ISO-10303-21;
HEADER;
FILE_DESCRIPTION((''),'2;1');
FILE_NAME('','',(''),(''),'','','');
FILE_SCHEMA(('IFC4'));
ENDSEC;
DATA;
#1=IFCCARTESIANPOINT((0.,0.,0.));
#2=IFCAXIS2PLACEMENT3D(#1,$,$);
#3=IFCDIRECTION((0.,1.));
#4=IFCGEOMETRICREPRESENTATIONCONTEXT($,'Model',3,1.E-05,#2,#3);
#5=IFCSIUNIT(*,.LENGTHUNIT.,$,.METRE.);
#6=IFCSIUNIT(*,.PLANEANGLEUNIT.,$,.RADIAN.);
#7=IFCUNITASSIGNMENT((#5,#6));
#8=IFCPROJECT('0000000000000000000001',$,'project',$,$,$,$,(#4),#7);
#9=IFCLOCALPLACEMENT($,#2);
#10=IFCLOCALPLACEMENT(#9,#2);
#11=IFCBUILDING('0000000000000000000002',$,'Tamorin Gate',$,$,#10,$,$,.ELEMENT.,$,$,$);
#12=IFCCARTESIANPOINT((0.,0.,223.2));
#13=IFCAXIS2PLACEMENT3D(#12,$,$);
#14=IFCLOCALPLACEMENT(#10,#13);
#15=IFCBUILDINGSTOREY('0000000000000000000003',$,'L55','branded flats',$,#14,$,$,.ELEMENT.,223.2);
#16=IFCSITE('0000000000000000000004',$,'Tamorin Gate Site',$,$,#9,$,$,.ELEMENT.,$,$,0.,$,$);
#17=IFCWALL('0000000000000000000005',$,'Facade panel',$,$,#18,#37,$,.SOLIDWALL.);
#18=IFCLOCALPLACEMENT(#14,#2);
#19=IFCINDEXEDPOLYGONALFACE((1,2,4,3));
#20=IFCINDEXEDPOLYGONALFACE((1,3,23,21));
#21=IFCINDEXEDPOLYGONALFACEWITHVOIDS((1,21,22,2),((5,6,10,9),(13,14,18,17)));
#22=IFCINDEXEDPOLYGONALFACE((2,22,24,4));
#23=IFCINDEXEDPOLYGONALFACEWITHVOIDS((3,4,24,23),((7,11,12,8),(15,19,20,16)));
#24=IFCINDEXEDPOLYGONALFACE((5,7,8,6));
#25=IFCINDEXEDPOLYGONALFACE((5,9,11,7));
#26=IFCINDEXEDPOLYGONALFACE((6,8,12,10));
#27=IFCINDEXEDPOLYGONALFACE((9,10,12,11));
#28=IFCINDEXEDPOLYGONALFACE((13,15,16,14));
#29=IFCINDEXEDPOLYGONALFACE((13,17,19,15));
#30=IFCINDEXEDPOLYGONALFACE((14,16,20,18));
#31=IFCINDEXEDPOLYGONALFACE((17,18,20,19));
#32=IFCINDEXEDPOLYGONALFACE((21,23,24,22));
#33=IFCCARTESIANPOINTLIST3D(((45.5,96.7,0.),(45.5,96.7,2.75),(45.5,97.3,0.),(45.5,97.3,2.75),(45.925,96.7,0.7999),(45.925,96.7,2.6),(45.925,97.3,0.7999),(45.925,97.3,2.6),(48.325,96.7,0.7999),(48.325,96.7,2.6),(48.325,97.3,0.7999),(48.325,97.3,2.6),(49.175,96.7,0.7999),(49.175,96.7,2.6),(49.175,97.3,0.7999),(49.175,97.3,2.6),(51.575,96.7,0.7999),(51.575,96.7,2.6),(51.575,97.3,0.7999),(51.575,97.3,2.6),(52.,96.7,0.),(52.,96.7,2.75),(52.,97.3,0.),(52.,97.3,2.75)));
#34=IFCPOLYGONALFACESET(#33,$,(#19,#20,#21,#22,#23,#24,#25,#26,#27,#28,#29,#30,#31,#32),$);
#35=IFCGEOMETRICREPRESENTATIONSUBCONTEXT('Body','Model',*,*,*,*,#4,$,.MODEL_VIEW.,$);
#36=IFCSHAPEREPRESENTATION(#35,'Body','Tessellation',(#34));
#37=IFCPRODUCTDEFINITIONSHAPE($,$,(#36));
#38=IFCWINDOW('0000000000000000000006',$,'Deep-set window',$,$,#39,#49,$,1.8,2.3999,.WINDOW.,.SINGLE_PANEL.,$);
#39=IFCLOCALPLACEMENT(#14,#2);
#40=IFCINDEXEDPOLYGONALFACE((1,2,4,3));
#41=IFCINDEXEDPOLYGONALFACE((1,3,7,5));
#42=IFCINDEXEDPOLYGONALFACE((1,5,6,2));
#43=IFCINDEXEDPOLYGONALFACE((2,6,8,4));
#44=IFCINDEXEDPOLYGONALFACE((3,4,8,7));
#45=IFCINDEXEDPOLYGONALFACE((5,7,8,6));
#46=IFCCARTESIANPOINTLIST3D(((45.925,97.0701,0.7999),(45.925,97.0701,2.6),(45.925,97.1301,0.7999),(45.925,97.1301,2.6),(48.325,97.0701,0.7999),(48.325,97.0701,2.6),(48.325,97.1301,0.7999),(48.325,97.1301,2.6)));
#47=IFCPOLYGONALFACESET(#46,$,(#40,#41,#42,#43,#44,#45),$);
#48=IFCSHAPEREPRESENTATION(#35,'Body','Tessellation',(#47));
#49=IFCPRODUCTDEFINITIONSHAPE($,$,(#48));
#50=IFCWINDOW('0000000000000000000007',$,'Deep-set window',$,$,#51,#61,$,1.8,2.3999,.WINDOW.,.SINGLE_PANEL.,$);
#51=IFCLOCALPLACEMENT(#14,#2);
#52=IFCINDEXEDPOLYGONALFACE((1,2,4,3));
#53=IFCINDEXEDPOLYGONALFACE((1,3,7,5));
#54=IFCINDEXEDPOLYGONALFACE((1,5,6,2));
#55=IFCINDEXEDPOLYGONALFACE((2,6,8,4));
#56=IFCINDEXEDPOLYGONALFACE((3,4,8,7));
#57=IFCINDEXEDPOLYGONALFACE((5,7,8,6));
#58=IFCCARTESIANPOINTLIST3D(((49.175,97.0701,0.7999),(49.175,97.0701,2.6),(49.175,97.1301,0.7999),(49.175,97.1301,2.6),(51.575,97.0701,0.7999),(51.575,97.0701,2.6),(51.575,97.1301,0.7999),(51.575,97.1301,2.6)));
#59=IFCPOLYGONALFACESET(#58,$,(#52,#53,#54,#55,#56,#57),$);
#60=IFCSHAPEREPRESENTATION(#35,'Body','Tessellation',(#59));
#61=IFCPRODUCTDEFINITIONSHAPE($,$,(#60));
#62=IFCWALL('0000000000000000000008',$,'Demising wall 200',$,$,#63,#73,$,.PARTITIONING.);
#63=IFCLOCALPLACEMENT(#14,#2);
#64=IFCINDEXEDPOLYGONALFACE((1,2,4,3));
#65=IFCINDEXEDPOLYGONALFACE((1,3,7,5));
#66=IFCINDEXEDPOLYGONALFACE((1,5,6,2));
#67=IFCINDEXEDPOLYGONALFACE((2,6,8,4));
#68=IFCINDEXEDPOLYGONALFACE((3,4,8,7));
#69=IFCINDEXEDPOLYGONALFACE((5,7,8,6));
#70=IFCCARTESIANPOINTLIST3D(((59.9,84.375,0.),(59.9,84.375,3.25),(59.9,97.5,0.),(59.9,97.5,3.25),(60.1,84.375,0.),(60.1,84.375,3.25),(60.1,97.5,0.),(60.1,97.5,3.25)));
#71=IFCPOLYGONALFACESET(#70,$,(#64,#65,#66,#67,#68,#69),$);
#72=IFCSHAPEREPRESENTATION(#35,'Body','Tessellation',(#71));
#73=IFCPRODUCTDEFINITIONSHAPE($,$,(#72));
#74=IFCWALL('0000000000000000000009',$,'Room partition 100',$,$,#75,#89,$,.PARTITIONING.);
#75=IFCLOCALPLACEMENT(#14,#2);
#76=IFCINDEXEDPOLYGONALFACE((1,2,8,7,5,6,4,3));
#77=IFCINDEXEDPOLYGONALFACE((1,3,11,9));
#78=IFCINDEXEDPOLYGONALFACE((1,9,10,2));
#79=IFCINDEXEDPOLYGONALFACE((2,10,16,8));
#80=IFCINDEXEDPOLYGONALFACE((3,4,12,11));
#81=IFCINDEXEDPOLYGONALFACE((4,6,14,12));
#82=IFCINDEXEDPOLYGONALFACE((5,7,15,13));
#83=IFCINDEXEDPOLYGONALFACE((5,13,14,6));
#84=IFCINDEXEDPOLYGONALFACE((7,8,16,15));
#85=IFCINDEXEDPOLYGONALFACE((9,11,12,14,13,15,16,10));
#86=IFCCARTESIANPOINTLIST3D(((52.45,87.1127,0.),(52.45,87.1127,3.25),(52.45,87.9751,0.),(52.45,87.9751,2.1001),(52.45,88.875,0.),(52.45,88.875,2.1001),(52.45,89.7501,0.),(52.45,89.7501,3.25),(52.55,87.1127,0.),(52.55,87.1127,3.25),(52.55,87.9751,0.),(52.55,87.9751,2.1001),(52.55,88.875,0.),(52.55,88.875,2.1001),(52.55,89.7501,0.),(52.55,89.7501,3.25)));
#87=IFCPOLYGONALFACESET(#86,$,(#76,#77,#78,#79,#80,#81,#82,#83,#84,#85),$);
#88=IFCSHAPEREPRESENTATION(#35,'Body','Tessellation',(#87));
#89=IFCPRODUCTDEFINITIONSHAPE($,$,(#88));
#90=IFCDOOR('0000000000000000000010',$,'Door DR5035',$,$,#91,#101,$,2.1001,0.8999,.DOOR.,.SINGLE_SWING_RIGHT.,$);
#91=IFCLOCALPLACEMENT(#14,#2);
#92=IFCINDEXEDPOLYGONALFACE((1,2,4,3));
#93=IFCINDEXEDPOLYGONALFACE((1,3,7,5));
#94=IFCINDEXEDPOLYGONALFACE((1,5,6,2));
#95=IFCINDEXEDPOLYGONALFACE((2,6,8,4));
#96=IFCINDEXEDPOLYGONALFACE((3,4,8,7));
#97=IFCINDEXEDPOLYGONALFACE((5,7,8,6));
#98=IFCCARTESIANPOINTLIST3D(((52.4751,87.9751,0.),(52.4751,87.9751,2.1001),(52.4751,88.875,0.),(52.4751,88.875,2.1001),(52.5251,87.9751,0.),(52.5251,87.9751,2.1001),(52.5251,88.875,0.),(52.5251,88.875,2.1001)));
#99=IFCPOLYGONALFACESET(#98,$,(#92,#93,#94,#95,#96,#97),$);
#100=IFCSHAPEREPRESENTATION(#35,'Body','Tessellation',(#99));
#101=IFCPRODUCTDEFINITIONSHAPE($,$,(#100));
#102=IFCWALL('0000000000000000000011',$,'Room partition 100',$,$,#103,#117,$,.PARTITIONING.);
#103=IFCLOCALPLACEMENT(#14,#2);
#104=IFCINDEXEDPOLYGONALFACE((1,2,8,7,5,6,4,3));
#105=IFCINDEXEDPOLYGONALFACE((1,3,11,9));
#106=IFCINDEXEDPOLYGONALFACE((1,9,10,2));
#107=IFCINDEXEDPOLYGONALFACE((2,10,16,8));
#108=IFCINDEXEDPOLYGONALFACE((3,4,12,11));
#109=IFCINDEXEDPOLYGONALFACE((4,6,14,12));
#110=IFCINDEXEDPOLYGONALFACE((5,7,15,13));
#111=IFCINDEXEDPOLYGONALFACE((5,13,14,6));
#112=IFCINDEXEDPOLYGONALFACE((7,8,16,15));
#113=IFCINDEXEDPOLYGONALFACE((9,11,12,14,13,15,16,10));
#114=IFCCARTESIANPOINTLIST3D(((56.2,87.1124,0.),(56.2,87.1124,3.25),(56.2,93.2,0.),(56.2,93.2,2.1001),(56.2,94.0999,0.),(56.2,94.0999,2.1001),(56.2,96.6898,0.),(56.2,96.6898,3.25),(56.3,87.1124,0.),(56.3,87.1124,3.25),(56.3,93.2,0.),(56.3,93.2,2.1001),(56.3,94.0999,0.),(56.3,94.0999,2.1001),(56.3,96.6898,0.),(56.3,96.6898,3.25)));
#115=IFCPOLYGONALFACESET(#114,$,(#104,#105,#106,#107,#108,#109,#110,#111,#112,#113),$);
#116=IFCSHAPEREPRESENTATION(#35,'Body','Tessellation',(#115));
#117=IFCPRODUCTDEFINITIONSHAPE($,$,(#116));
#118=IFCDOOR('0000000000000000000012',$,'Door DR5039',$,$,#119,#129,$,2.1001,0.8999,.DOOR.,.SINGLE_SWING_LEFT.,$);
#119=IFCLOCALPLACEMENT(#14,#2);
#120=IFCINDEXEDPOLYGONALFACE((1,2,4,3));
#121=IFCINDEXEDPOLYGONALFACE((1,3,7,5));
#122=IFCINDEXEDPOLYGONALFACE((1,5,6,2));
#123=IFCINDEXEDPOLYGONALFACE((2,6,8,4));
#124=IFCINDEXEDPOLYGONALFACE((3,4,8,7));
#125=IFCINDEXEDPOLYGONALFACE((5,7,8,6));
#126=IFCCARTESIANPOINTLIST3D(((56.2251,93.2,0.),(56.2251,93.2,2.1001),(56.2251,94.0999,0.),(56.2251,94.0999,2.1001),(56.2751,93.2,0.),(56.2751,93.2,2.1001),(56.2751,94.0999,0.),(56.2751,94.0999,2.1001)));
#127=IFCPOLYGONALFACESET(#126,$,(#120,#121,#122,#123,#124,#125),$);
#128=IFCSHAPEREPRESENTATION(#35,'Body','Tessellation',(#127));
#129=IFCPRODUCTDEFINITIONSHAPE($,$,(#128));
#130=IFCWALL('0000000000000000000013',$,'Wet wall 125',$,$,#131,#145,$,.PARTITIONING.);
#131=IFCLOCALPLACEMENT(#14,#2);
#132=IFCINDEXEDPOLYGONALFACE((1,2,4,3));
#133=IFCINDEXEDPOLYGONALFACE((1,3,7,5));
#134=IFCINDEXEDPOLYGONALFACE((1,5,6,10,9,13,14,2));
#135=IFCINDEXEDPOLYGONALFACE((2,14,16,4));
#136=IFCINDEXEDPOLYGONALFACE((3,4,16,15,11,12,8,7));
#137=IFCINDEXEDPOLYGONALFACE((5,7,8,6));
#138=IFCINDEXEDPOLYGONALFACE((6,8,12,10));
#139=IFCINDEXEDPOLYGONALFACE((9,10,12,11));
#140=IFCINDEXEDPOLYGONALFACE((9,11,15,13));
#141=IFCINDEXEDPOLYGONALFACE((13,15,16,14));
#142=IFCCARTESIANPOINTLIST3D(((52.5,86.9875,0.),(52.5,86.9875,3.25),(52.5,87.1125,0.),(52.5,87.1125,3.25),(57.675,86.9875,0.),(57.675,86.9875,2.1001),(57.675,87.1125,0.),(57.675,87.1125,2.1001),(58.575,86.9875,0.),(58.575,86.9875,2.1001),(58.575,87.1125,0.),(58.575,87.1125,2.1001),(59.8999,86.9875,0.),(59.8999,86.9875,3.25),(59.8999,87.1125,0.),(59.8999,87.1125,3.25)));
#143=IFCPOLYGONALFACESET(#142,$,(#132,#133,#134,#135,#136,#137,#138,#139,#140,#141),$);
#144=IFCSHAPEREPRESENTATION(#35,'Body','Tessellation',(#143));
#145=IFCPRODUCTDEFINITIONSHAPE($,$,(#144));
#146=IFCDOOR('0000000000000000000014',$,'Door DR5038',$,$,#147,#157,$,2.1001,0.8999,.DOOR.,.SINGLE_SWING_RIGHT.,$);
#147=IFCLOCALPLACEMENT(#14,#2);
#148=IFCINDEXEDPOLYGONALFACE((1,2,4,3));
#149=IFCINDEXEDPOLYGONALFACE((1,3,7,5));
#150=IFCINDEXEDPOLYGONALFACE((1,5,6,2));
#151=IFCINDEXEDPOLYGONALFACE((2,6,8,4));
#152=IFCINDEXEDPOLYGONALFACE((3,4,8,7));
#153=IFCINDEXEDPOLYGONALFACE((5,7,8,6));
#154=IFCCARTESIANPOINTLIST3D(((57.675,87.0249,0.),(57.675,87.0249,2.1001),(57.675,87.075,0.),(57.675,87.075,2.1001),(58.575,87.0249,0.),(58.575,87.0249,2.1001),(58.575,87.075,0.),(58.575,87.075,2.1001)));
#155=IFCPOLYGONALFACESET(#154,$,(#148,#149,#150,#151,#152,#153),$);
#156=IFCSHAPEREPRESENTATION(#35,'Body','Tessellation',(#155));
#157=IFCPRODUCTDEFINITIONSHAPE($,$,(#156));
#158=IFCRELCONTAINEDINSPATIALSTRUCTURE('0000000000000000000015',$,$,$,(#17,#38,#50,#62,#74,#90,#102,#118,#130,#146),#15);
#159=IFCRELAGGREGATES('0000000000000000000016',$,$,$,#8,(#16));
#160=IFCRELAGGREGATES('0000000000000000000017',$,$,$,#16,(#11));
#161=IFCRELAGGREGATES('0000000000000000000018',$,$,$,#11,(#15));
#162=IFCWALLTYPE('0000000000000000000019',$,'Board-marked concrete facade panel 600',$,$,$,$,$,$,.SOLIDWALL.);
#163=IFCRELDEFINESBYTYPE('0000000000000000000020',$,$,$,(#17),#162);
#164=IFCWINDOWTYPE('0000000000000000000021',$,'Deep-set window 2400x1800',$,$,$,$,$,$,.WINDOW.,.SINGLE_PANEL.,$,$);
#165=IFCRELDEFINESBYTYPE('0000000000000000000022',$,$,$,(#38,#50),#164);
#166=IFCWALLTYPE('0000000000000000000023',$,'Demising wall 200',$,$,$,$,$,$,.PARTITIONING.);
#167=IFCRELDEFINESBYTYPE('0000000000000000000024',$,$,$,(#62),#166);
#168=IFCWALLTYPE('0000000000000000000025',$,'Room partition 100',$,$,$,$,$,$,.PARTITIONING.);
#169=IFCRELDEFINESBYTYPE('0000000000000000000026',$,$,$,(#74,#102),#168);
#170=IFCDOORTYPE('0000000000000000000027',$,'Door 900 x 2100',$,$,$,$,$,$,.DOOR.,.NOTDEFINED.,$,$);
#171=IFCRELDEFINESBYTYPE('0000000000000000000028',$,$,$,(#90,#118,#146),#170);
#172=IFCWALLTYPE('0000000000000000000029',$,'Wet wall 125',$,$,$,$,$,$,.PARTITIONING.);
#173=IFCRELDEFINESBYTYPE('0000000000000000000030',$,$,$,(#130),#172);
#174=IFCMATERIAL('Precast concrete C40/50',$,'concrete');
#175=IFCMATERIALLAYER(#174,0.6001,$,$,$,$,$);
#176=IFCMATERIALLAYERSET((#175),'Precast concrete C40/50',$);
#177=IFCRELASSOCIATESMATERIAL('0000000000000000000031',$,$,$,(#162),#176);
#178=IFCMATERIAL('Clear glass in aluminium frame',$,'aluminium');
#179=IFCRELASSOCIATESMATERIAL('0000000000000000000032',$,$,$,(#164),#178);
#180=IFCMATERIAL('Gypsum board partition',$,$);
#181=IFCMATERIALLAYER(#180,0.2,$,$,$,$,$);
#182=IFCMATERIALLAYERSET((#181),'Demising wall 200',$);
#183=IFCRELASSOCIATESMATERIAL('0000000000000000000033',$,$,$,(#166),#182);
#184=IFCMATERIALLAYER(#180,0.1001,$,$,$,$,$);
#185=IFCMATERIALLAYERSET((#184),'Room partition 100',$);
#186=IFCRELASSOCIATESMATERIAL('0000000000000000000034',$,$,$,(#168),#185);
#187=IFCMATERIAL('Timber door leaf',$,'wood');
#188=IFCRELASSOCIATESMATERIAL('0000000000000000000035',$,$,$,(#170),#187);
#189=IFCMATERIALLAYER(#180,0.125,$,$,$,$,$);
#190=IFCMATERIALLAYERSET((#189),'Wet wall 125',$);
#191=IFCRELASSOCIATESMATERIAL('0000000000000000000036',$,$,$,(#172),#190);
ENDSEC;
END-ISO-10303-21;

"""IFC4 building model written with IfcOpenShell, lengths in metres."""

from ifc_helpers import new_model, si_unit, direction, frame, frame_2d, origin, place, context, subcontext, project, spatial, rectangle, extrude, material, layer, layer_set, type_object, element, fill, save


model = new_model("IFC4")

# Units and contexts
model_context = context("Model", 3, precision=1e-05, world=origin(), true_north=direction((0.0, 1.0)))
body_context = subcontext(model_context, "Body", "Model", "MODEL_VIEW")
ifc_project = project(units=[si_unit("LENGTHUNIT", "METRE"), si_unit("PLANEANGLEUNIT", "RADIAN")], contexts=[model_context])

# Site, building, storey
site_placement = place(None, origin())
site = spatial("IfcSite", under=ifc_project, at=site_placement, Name="Tamorin Gate Site", CompositionType="ELEMENT", RefElevation=0.0)
building_placement = place(site_placement, origin())
building = spatial("IfcBuilding", under=site, at=building_placement, Name="Tamorin Gate", CompositionType="ELEMENT")
storey_placement = place(building_placement, frame((0.0, 0.0, 223.2)))
storey = spatial("IfcBuildingStorey", under=building, at=storey_placement, Name="L55", Description="branded flats", CompositionType="ELEMENT", Elevation=223.2)

# Wall, openings, windows
ifc_material_1 = material(Name="Precast concrete C40/50", Category="concrete")
ifc_layer_1 = layer(ifc_material_1, 0.6001)
ifc_layer_set_1 = layer_set([ifc_layer_1], Name="Precast concrete C40/50")
wall_type_1 = type_object("IfcWallType", Name="Board-marked concrete facade panel 600", PredefinedType="SOLIDWALL", material=ifc_layer_set_1)
ifc_material_2 = material(Name="Clear glass in aluminium frame", Category="aluminium")
window_type = type_object("IfcWindowType", Name="Deep-set window 2400x1800", PartitioningType="SINGLE_PANEL", PredefinedType="WINDOW", material=ifc_material_2)
wall_1_placement = place(storey_placement, frame((52.0, 97.0, 0.0), z_axis=(0.0, 0.0, 1.0), x_axis=(-1.0, 0.0, 0.0)))
wall_1 = element("IfcWall", 1, at=wall_1_placement, inside=storey, type_object=wall_type_1, Name="Facade panel", PredefinedType="SOLIDWALL", context=body_context, shape_type="SweptSolid", body=[
    extrude(rectangle(XDim=6.5, YDim=0.6001, at=frame_2d((3.25, 0.0))), origin(), (0.0, 0.0, 1.0), 2.75),
])
opening_1_placement = place(wall_1_placement, frame((3.675, 0.0, 0.8)))
opening_1 = element("IfcOpeningElement", 2, at=opening_1_placement, cuts=wall_1, PredefinedType="OPENING", context=body_context, shape_type="SweptSolid", body=[
    extrude(rectangle(XDim=2.3999, YDim=1.8, at=frame_2d((1.2, 0.8999))), frame((0.0, 0.3101, 0.0), z_axis=(0.0, -1.0, 0.0), x_axis=(1.0, 0.0, 0.0)), (0.0, 0.0, 1.0), 0.6201),
])
opening_2_placement = place(wall_1_placement, frame((0.425, 0.0, 0.8)))
opening_2 = element("IfcOpeningElement", 3, at=opening_2_placement, cuts=wall_1, PredefinedType="OPENING", context=body_context, shape_type="SweptSolid", body=[
    extrude(rectangle(XDim=2.3999, YDim=1.8, at=frame_2d((1.2, 0.8999))), frame((0.0, 0.3101, 0.0), z_axis=(0.0, -1.0, 0.0), x_axis=(1.0, 0.0, 0.0)), (0.0, 0.0, 1.0), 0.6201),
])
window_1_placement = place(opening_1_placement, origin())
window_1 = element("IfcWindow", 4, at=window_1_placement, inside=storey, type_object=window_type, Name="Deep-set window", OverallHeight=1.8, OverallWidth=2.3999, PartitioningType="SINGLE_PANEL", PredefinedType="WINDOW", context=body_context, shape_type="SweptSolid", body=[
    extrude(rectangle(XDim=2.3999, YDim=1.8, at=frame_2d((1.2, 0.8999))), frame((0.0, -0.0701, 0.0), z_axis=(0.0, -1.0, 0.0), x_axis=(1.0, 0.0, 0.0)), (0.0, 0.0, 1.0), 0.0601),
])
fill(opening_1, window_1)
window_2_placement = place(opening_2_placement, origin())
window_2 = element("IfcWindow", 5, at=window_2_placement, inside=storey, type_object=window_type, Name="Deep-set window", OverallHeight=1.8, OverallWidth=2.3999, PartitioningType="SINGLE_PANEL", PredefinedType="WINDOW", context=body_context, shape_type="SweptSolid", body=[
    extrude(rectangle(XDim=2.3999, YDim=1.8, at=frame_2d((1.2, 0.8999))), frame((0.0, -0.0701, 0.0), z_axis=(0.0, -1.0, 0.0), x_axis=(1.0, 0.0, 0.0)), (0.0, 0.0, 1.0), 0.0601),
])
fill(opening_2, window_2)

# Wall
ifc_material_3 = material(Name="Gypsum board partition")
ifc_layer_2 = layer(ifc_material_3, 0.2)
ifc_layer_set_2 = layer_set([ifc_layer_2], Name="Demising wall 200")
wall_type_2 = type_object("IfcWallType", Name="Demising wall 200", PredefinedType="PARTITIONING", material=ifc_layer_set_2)
wall_2_placement = place(storey_placement, frame((60.0, 84.375, 0.0), z_axis=(0.0, 0.0, 1.0), x_axis=(0.0, 1.0, 0.0)))
element("IfcWall", 6, at=wall_2_placement, inside=storey, type_object=wall_type_2, Name="Demising wall 200", PredefinedType="PARTITIONING", context=body_context, shape_type="SweptSolid", body=[
    extrude(rectangle(XDim=13.125, YDim=0.2, at=frame_2d((6.5625, 0.0))), origin(), (0.0, 0.0, 1.0), 3.25),
])

# Walls, openings, doors
ifc_layer_3 = layer(ifc_material_3, 0.1001)
ifc_layer_set_3 = layer_set([ifc_layer_3], Name="Room partition 100")
wall_type_3 = type_object("IfcWallType", Name="Room partition 100", PredefinedType="PARTITIONING", material=ifc_layer_set_3)
wall_3_placement = place(storey_placement, frame((52.5, 87.1125, 0.0), z_axis=(0.0, 0.0, 1.0), x_axis=(0.0, 1.0, 0.0)))
wall_3 = element("IfcWall", 7, at=wall_3_placement, inside=storey, type_object=wall_type_3, Name="Room partition 100", PredefinedType="PARTITIONING", context=body_context, shape_type="SweptSolid", body=[
    extrude(rectangle(XDim=2.6375, YDim=0.1001, at=frame_2d((1.3188, 0.0))), origin(), (0.0, 0.0, 1.0), 3.25),
])
opening_3_placement = place(wall_3_placement, frame((0.8625, 0.0, 0.0)))
opening_3 = element("IfcOpeningElement", 8, at=opening_3_placement, cuts=wall_3, PredefinedType="OPENING", context=body_context, shape_type="SweptSolid", body=[
    extrude(rectangle(XDim=0.8999, YDim=2.1001, at=frame_2d((0.45, 1.05))), frame((0.0, 0.0601, 0.0), z_axis=(0.0, -1.0, 0.0), x_axis=(1.0, 0.0, 0.0)), (0.0, 0.0, 1.0), 0.1201),
])
ifc_material_4 = material(Name="Timber door leaf", Category="wood")
door_type = type_object("IfcDoorType", Name="Door 900 x 2100", OperationType="NOTDEFINED", PredefinedType="DOOR", material=ifc_material_4)
door_1_placement = place(opening_3_placement, origin())
door_1 = element("IfcDoor", 9, at=door_1_placement, inside=storey, type_object=door_type, Name="Door DR5035", OperationType="SINGLE_SWING_RIGHT", OverallHeight=2.1001, OverallWidth=0.8999, PredefinedType="DOOR", context=body_context, shape_type="SweptSolid", body=[
    extrude(rectangle(XDim=0.8999, YDim=2.1001, at=frame_2d((0.45, 1.05))), frame((0.0, 0.0249, 0.0), z_axis=(0.0, -1.0, 0.0), x_axis=(1.0, 0.0, 0.0)), (0.0, 0.0, 1.0), 0.05),
])
fill(opening_3, door_1)
wall_4_placement = place(storey_placement, frame((56.25, 87.1125, 0.0), z_axis=(0.0, 0.0, 1.0), x_axis=(0.0, 1.0, 0.0)))
wall_4 = element("IfcWall", 10, at=wall_4_placement, inside=storey, type_object=wall_type_3, Name="Room partition 100", PredefinedType="PARTITIONING", context=body_context, shape_type="SweptSolid", body=[
    extrude(rectangle(XDim=9.5774, YDim=0.1001, at=frame_2d((4.7886, 0.0))), origin(), (0.0, 0.0, 1.0), 3.25),
])
opening_4_placement = place(wall_4_placement, frame((6.0874, 0.0, 0.0)))
opening_4 = element("IfcOpeningElement", 11, at=opening_4_placement, cuts=wall_4, PredefinedType="OPENING", context=body_context, shape_type="SweptSolid", body=[
    extrude(rectangle(XDim=0.8999, YDim=2.1001, at=frame_2d((0.45, 1.05))), frame((0.0, 0.0601, 0.0), z_axis=(0.0, -1.0, 0.0), x_axis=(1.0, 0.0, 0.0)), (0.0, 0.0, 1.0), 0.1201),
])
door_2_placement = place(opening_4_placement, origin())
door_2 = element("IfcDoor", 12, at=door_2_placement, inside=storey, type_object=door_type, Name="Door DR5039", OperationType="SINGLE_SWING_LEFT", OverallHeight=2.1001, OverallWidth=0.8999, PredefinedType="DOOR", context=body_context, shape_type="SweptSolid", body=[
    extrude(rectangle(XDim=0.8999, YDim=2.1001, at=frame_2d((0.45, 1.05))), frame((0.0, 0.0249, 0.0), z_axis=(0.0, -1.0, 0.0), x_axis=(1.0, 0.0, 0.0)), (0.0, 0.0, 1.0), 0.05),
])
fill(opening_4, door_2)
ifc_layer_4 = layer(ifc_material_3, 0.125)
ifc_layer_set_4 = layer_set([ifc_layer_4], Name="Wet wall 125")
wall_type_4 = type_object("IfcWallType", Name="Wet wall 125", PredefinedType="PARTITIONING", material=ifc_layer_set_4)
wall_5_placement = place(storey_placement, frame((52.5, 87.05, 0.0), z_axis=(0.0, 0.0, 1.0), x_axis=(1.0, 0.0, 0.0)))
wall_5 = element("IfcWall", 13, at=wall_5_placement, inside=storey, type_object=wall_type_4, Name="Wet wall 125", PredefinedType="PARTITIONING", context=body_context, shape_type="SweptSolid", body=[
    extrude(rectangle(XDim=7.3999, YDim=0.125, at=frame_2d((3.7, 0.0))), origin(), (0.0, 0.0, 1.0), 3.25),
])
opening_5_placement = place(wall_5_placement, frame((5.175, 0.0, 0.0)))
opening_5 = element("IfcOpeningElement", 14, at=opening_5_placement, cuts=wall_5, PredefinedType="OPENING", context=body_context, shape_type="SweptSolid", body=[
    extrude(rectangle(XDim=0.8999, YDim=2.1001, at=frame_2d((0.45, 1.05))), frame((0.0, 0.0725, 0.0), z_axis=(0.0, -1.0, 0.0), x_axis=(1.0, 0.0, 0.0)), (0.0, 0.0, 1.0), 0.145),
])
door_3_placement = place(opening_5_placement, origin())
door_3 = element("IfcDoor", 15, at=door_3_placement, inside=storey, type_object=door_type, Name="Door DR5038", OperationType="SINGLE_SWING_RIGHT", OverallHeight=2.1001, OverallWidth=0.8999, PredefinedType="DOOR", context=body_context, shape_type="SweptSolid", body=[
    extrude(rectangle(XDim=0.8999, YDim=2.1001, at=frame_2d((0.45, 1.05))), frame((0.0, 0.0249, 0.0), z_axis=(0.0, -1.0, 0.0), x_axis=(1.0, 0.0, 0.0)), (0.0, 0.0, 1.0), 0.05),
])
fill(opening_5, door_3)

save(model, "model.ifc")
